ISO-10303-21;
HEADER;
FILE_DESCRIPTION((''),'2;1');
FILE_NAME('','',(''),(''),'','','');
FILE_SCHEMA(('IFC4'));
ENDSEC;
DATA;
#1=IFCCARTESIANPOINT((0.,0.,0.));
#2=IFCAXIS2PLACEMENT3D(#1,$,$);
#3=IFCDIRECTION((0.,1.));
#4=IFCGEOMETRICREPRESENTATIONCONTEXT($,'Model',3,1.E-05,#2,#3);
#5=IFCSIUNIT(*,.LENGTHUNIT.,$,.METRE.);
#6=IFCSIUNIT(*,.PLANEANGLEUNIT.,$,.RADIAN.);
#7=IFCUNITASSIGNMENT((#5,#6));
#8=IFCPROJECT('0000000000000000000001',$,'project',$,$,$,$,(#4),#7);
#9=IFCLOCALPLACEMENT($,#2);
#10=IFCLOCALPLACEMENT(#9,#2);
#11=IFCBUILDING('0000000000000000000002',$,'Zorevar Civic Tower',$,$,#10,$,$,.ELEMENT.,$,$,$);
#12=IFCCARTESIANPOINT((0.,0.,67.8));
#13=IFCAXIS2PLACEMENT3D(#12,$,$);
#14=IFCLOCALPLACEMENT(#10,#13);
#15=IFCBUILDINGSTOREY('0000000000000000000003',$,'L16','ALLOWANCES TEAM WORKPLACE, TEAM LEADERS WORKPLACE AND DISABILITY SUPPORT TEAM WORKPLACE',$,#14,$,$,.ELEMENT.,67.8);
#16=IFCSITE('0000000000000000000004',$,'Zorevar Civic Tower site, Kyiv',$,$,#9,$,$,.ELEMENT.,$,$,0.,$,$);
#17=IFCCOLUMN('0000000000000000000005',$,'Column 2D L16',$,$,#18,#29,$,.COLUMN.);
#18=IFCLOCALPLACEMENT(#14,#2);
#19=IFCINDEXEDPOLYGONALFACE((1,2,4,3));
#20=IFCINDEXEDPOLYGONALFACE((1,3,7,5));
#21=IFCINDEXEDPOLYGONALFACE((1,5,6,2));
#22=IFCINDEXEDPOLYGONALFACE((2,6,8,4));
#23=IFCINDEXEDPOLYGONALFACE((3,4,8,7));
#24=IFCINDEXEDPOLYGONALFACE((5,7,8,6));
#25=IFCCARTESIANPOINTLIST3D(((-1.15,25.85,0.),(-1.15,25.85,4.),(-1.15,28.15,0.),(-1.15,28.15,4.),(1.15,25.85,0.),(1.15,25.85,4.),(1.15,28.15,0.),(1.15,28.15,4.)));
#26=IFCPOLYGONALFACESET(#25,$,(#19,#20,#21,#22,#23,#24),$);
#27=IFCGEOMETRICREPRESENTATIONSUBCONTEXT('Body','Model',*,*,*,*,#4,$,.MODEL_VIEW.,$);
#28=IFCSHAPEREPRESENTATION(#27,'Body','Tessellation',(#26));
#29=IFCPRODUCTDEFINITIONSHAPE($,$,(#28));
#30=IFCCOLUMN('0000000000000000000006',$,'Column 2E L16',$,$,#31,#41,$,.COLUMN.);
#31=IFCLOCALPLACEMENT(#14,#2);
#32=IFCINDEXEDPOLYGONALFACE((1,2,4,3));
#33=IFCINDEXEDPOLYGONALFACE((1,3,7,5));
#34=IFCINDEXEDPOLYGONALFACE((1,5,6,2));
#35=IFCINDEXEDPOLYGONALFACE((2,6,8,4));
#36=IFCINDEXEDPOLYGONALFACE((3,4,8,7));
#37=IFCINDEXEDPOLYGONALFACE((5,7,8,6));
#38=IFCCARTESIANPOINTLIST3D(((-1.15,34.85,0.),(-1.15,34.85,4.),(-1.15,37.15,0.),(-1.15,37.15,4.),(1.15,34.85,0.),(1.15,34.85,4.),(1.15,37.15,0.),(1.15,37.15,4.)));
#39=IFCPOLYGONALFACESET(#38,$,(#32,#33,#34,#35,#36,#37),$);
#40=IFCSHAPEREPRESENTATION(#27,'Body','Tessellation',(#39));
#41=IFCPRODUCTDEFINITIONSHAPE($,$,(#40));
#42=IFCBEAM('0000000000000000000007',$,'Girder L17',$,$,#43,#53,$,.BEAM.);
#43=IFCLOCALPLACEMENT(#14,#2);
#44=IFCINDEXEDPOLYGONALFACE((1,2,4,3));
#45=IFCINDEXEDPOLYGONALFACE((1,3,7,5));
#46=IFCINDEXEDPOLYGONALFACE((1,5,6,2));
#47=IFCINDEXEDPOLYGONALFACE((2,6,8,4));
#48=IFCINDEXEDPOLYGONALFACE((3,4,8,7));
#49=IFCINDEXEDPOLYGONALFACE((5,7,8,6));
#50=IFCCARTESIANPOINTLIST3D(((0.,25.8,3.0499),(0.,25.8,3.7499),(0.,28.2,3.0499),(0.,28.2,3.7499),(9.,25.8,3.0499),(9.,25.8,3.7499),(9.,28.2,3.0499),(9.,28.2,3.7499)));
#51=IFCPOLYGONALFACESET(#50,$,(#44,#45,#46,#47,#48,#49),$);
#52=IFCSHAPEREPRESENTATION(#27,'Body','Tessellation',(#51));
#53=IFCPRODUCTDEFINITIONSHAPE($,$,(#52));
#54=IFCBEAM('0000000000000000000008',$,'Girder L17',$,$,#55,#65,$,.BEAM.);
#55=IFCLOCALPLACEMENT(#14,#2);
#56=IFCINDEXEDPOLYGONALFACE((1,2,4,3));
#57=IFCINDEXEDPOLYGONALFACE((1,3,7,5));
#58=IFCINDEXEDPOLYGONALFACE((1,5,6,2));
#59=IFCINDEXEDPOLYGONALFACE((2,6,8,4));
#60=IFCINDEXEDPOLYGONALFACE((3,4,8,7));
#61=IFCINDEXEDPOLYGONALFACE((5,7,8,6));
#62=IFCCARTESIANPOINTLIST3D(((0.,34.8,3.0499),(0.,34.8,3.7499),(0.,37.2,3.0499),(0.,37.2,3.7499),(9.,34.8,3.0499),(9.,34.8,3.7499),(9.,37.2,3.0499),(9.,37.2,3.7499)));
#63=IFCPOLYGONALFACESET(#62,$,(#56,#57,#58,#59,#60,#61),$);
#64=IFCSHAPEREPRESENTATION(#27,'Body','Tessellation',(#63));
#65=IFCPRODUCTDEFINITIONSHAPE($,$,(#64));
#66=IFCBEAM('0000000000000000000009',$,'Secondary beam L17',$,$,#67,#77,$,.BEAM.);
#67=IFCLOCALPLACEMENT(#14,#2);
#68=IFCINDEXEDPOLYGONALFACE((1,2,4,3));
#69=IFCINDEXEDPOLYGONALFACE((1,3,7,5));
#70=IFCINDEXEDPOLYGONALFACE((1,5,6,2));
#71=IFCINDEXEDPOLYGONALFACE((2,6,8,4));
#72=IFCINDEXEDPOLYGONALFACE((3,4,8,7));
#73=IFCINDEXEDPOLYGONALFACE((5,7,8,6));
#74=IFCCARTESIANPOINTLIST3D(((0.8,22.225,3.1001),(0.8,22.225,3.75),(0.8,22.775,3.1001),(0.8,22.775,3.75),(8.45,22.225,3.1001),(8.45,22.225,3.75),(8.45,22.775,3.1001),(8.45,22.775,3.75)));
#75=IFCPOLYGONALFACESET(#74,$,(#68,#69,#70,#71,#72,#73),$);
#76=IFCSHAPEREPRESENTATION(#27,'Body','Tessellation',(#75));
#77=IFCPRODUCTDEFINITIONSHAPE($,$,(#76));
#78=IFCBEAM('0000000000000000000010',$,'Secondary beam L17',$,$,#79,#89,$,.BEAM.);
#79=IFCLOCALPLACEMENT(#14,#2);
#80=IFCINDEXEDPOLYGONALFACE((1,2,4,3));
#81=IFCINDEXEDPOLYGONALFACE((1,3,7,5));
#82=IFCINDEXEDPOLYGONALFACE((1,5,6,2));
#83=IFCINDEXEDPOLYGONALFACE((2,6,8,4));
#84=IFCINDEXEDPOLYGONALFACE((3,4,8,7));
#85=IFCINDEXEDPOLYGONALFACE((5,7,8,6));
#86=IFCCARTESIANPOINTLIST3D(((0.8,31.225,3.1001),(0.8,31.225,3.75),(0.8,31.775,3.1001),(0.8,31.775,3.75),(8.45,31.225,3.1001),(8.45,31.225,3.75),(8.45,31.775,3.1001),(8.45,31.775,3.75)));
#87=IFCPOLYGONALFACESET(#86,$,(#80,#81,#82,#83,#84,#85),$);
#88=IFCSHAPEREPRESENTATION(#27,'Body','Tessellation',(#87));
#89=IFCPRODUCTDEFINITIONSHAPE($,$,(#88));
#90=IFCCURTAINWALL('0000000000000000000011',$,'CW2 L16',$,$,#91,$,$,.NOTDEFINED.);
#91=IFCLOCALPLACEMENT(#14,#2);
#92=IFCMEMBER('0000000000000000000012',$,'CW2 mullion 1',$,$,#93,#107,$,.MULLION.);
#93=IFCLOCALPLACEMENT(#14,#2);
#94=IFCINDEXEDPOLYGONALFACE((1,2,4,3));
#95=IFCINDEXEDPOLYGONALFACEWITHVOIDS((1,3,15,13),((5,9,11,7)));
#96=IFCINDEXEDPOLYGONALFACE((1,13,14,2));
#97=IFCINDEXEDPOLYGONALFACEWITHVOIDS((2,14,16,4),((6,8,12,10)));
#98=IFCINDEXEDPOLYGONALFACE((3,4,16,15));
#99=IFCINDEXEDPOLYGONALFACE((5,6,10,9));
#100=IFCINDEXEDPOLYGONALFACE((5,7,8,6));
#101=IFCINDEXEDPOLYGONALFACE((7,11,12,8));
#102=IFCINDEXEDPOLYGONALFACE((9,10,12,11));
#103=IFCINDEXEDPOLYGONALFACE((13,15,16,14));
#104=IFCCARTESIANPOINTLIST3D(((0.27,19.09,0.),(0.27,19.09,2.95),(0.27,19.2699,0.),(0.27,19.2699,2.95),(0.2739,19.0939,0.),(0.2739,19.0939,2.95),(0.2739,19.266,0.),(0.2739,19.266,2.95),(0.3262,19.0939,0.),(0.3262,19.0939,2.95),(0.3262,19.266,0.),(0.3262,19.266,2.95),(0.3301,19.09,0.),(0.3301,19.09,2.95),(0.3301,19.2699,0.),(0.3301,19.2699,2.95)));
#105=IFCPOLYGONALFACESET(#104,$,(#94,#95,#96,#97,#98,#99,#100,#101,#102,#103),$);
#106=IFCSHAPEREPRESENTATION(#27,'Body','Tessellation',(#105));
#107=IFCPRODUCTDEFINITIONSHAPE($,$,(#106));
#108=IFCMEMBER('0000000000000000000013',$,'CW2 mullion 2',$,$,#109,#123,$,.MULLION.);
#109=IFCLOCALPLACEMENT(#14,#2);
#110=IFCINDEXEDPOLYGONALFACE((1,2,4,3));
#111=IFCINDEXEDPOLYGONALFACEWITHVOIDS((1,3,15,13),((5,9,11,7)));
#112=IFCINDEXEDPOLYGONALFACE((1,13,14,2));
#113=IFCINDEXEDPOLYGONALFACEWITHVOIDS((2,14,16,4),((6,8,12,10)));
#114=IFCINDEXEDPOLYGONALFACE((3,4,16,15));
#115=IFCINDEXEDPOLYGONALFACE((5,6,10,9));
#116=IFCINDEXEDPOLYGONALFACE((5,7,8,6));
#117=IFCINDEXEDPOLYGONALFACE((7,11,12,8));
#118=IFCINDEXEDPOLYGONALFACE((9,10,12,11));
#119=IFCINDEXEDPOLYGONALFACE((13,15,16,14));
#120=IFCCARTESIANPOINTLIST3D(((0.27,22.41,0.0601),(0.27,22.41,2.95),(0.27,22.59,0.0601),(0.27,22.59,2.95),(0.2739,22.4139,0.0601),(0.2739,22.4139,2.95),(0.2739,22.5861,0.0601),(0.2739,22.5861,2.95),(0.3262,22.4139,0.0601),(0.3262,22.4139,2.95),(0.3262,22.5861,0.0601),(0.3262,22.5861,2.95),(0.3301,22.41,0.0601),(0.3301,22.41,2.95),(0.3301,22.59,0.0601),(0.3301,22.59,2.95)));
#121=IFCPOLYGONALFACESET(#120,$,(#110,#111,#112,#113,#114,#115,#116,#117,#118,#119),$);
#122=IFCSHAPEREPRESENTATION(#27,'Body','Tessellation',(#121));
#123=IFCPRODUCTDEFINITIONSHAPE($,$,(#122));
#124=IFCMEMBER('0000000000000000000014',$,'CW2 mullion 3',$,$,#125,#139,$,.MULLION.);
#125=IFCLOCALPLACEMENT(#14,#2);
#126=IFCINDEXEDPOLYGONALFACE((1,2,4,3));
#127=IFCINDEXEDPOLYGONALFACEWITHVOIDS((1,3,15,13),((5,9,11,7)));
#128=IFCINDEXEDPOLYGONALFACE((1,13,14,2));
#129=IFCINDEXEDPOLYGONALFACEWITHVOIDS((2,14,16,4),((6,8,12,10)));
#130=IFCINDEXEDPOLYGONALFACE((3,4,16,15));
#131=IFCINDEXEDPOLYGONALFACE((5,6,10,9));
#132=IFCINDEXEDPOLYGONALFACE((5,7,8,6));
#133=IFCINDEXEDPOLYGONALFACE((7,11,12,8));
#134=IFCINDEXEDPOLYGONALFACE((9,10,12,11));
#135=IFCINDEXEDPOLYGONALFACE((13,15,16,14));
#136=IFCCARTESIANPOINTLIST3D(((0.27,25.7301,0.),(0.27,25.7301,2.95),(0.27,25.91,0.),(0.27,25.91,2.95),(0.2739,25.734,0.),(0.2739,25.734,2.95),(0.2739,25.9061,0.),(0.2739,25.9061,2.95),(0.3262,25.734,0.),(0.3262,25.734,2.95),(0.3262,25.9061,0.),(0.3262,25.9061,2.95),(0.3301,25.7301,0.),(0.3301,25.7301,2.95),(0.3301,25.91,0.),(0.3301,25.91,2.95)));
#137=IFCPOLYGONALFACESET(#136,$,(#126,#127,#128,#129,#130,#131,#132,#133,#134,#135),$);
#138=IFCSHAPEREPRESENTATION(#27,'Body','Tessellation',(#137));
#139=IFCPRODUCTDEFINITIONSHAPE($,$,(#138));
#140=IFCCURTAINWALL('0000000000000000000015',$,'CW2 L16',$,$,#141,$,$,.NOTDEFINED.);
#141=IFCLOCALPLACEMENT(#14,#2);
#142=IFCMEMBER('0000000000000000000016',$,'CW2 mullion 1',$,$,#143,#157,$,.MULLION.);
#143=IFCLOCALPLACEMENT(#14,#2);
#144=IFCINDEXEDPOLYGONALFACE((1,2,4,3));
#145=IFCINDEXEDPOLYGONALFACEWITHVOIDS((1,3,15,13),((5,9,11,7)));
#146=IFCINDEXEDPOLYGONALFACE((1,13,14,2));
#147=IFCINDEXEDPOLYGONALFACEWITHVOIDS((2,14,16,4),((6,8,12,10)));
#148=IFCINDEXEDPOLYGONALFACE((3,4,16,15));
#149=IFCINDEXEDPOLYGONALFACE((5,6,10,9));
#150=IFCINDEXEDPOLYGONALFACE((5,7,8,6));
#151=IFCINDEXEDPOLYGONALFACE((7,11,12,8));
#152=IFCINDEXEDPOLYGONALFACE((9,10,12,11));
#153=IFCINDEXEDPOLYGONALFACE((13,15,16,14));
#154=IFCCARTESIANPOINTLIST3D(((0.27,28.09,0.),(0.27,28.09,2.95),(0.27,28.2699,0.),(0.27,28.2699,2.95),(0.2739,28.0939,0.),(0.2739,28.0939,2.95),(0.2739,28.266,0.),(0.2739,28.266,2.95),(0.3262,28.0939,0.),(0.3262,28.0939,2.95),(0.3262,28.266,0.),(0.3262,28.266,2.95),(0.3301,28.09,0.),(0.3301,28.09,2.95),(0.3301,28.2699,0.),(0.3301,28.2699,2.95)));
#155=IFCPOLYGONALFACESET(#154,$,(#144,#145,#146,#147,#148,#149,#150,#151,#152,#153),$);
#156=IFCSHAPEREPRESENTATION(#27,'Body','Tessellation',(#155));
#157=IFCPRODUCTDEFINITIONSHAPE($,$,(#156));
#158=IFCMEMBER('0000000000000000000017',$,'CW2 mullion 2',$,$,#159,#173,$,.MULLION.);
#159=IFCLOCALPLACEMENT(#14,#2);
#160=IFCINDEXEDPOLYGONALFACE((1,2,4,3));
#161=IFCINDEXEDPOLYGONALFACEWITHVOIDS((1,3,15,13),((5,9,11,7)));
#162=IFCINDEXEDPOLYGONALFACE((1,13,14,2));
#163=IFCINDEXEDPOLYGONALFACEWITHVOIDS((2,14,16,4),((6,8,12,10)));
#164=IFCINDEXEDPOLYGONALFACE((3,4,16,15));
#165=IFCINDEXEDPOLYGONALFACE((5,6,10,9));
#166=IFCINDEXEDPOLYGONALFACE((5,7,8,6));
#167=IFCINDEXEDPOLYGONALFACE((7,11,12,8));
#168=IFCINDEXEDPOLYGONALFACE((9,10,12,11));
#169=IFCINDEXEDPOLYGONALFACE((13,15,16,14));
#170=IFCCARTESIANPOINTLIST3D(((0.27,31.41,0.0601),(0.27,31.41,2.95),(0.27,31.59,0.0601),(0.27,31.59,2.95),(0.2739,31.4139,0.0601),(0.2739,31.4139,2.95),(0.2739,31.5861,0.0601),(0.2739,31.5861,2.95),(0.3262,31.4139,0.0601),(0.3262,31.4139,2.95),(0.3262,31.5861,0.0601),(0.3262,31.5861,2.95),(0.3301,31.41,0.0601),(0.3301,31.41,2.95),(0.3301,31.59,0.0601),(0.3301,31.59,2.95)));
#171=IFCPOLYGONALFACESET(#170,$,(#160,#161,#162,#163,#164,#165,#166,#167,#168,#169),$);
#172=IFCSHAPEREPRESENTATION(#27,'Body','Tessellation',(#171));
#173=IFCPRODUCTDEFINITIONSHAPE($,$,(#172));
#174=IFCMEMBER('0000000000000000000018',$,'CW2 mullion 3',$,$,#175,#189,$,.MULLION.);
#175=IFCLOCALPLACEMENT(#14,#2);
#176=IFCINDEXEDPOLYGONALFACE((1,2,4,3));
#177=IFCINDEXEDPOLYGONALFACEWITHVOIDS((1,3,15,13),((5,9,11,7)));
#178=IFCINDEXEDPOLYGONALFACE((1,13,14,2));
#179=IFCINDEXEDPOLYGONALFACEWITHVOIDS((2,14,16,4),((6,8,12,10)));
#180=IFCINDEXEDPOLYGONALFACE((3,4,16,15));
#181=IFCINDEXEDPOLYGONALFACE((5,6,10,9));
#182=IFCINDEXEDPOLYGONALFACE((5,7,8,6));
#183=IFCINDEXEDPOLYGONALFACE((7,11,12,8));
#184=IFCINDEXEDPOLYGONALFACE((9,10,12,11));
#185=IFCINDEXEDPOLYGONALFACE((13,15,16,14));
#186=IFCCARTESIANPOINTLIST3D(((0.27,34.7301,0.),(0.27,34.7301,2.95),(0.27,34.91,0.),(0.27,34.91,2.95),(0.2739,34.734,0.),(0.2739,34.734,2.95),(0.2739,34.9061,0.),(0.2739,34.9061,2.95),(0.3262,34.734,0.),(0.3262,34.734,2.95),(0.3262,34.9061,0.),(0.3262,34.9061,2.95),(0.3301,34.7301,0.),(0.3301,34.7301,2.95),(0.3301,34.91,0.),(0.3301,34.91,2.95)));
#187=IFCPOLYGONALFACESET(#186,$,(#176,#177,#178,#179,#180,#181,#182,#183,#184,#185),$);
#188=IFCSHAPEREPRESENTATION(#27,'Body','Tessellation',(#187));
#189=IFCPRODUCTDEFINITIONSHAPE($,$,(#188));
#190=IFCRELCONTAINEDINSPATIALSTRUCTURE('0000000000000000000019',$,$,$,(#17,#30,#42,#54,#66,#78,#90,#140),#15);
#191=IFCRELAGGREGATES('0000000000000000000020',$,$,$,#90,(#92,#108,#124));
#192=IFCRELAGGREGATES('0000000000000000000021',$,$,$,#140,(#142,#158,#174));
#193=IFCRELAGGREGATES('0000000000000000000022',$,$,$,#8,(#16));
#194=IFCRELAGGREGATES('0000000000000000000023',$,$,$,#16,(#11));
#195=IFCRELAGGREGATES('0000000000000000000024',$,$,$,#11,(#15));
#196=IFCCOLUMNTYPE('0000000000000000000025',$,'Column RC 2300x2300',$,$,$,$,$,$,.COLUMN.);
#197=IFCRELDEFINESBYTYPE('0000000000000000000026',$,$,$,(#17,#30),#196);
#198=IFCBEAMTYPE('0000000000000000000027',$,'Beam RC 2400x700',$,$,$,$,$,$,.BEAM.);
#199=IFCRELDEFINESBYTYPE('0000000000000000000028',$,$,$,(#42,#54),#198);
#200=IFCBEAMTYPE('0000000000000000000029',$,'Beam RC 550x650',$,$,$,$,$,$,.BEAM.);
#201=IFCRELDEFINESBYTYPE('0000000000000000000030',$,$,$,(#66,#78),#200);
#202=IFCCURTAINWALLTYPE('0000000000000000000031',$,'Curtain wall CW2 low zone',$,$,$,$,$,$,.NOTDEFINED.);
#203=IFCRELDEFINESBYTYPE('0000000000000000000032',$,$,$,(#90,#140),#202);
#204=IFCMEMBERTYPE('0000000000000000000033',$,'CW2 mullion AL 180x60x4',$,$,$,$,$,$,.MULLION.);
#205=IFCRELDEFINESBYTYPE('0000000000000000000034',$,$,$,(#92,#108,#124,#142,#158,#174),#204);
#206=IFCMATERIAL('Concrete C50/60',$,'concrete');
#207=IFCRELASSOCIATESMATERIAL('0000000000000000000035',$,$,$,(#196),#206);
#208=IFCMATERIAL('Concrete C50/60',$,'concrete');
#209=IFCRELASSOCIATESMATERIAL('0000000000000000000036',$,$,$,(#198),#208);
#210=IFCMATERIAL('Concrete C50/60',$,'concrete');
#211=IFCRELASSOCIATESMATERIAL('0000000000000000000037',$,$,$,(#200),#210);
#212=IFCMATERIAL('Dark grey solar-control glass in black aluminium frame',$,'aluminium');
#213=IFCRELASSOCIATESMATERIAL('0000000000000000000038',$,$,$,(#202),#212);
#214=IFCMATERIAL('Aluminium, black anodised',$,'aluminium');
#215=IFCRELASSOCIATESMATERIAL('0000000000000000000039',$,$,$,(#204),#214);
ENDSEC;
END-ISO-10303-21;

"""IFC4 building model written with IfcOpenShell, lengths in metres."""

from ifc_helpers import new_model, si_unit, direction, frame, origin, origin_2d, place, context, subcontext, project, spatial, rectangle, hollow_rectangle, extrude, material, material_profile, profile_set, type_object, element, aggregate, save


model = new_model("IFC4")

# Units and contexts
model_context = context("Model", 3, precision=1e-05, world=origin(), true_north=direction((0.0, 1.0)))
body_context = subcontext(model_context, "Body", "Model", "MODEL_VIEW")
ifc_project = project(units=[si_unit("LENGTHUNIT", "METRE"), si_unit("PLANEANGLEUNIT", "RADIAN")], contexts=[model_context])

# Site, building, storey
site_placement = place(None, origin())
site = spatial("IfcSite", under=ifc_project, at=site_placement, Name="Zorevar Civic Tower site, Kyiv", CompositionType="ELEMENT", RefElevation=0.0)
building_placement = place(site_placement, origin())
building = spatial("IfcBuilding", under=site, at=building_placement, Name="Zorevar Civic Tower", CompositionType="ELEMENT")
storey_placement = place(building_placement, frame((0.0, 0.0, 67.8)))
storey = spatial("IfcBuildingStorey", under=building, at=storey_placement, Name="L16", Description="ALLOWANCES TEAM WORKPLACE, TEAM LEADERS WORKPLACE AND DISABILITY SUPPORT TEAM WORKPLACE", CompositionType="ELEMENT", Elevation=67.8)

# Columns
ifc_material_1 = material(Name="Concrete C50/60", Category="concrete")
ifc_material_profile_1 = material_profile(ifc_material_1, rectangle(XDim=2.3, YDim=2.3, at=origin_2d()), Name="RC 2300x2300")
ifc_profile_set_1 = profile_set([ifc_material_profile_1], Name="Concrete C50/60")
column_type = type_object("IfcColumnType", Name="Column RC 2300x2300", PredefinedType="COLUMN", material=ifc_profile_set_1)
for number, where, z_axis, x_axis, name in (
    (1, (0.0, 27.0, 0.0), (0.0, 0.0, 1.0), (1.0, 0.0, 0.0), "Column 2D L16"),
    (2, (0.0, 36.0, 0.0), (0.0, 0.0, 1.0), (1.0, 0.0, 0.0), "Column 2E L16"),
):
    element("IfcColumn", number, at=place(storey_placement, frame(where, z_axis=z_axis, x_axis=x_axis)), inside=storey, type_object=column_type, Name=name, PredefinedType="COLUMN", context=body_context, shape_type="SweptSolid", body=[
        extrude(rectangle(XDim=2.3, YDim=2.3, at=origin_2d()), origin(), (0.0, 0.0, 1.0), 4.0),
    ])

# Beams
ifc_material_2 = material(Name="Concrete C50/60", Category="concrete")
ifc_material_profile_2 = material_profile(ifc_material_2, rectangle(XDim=2.3999, YDim=0.7, at=origin_2d()), Name="RC 2400x700")
ifc_profile_set_2 = profile_set([ifc_material_profile_2], Name="Concrete C50/60")
beam_type_1 = type_object("IfcBeamType", Name="Beam RC 2400x700", PredefinedType="BEAM", material=ifc_profile_set_2)
for number, where, z_axis, x_axis, name in (
    (3, (0.0, 27.0, 3.3999), (1.0, 0.0, 0.0), (0.0, 1.0, 0.0), "Girder L17"),
    (4, (0.0, 36.0, 3.3999), (1.0, 0.0, 0.0), (0.0, 1.0, 0.0), "Girder L17"),
):
    element("IfcBeam", number, at=place(storey_placement, frame(where, z_axis=z_axis, x_axis=x_axis)), inside=storey, type_object=beam_type_1, Name=name, PredefinedType="BEAM", context=body_context, shape_type="SweptSolid", body=[
        extrude(rectangle(XDim=2.3999, YDim=0.7, at=origin_2d()), origin(), (0.0, 0.0, 1.0), 9.0),
    ])
ifc_material_3 = material(Name="Concrete C50/60", Category="concrete")
ifc_material_profile_3 = material_profile(ifc_material_3, rectangle(XDim=0.55, YDim=0.6499, at=origin_2d()), Name="RC 550x650")
ifc_profile_set_3 = profile_set([ifc_material_profile_3], Name="Concrete C50/60")
beam_type_2 = type_object("IfcBeamType", Name="Beam RC 550x650", PredefinedType="BEAM", material=ifc_profile_set_3)
for number, where, z_axis, x_axis, name in (
    (5, (0.8, 22.5, 3.425), (1.0, 0.0, 0.0), (0.0, 1.0, 0.0), "Secondary beam L17"),
    (6, (0.8, 31.5, 3.425), (1.0, 0.0, 0.0), (0.0, 1.0, 0.0), "Secondary beam L17"),
):
    element("IfcBeam", number, at=place(storey_placement, frame(where, z_axis=z_axis, x_axis=x_axis)), inside=storey, type_object=beam_type_2, Name=name, PredefinedType="BEAM", context=body_context, shape_type="SweptSolid", body=[
        extrude(rectangle(XDim=0.55, YDim=0.6499, at=origin_2d()), origin(), (0.0, 0.0, 1.0), 7.6499),
    ])

# Curtain walls, members
ifc_material_4 = material(Name="Dark grey solar-control glass in black aluminium frame", Category="aluminium")
curtain_wall_type = type_object("IfcCurtainWallType", Name="Curtain wall CW2 low zone", PredefinedType="NOTDEFINED", material=ifc_material_4)
curtain_wall_1_placement = place(storey_placement, origin())
curtain_wall_1 = element("IfcCurtainWall", 7, at=curtain_wall_1_placement, inside=storey, type_object=curtain_wall_type, Name="CW2 L16", PredefinedType="NOTDEFINED")
ifc_material_5 = material(Name="Aluminium, black anodised", Category="aluminium")
ifc_material_profile_4 = material_profile(ifc_material_5, hollow_rectangle(XDim=0.0601, YDim=0.1799, WallThickness=0.0039, at=origin_2d()), Name="AL 180x60x4")
ifc_profile_set_4 = profile_set([ifc_material_profile_4], Name="Aluminium, black anodised")
member_type_1 = type_object("IfcMemberType", Name="CW2 mullion AL 180x60x4", PredefinedType="MULLION", material=ifc_profile_set_4)
member_1_placement = place(storey_placement, frame((0.3, 19.1799, 0.0), z_axis=(0.0, 0.0, 1.0), x_axis=(-1.0, 0.0, 0.0)))
member_1 = element("IfcMember", 8, at=member_1_placement, type_object=member_type_1, Name="CW2 mullion 1", PredefinedType="MULLION", context=body_context, shape_type="SweptSolid", body=[
    extrude(hollow_rectangle(XDim=0.0601, YDim=0.1799, WallThickness=0.0039, at=origin_2d()), origin(), (0.0, 0.0, 1.0), 2.95),
])
member_2_placement = place(storey_placement, frame((0.3, 22.5, 0.0601), z_axis=(0.0, 0.0, 1.0), x_axis=(-1.0, 0.0, 0.0)))
member_2 = element("IfcMember", 9, at=member_2_placement, type_object=member_type_1, Name="CW2 mullion 2", PredefinedType="MULLION", context=body_context, shape_type="SweptSolid", body=[
    extrude(hollow_rectangle(XDim=0.0601, YDim=0.1799, WallThickness=0.0039, at=origin_2d()), origin(), (0.0, 0.0, 1.0), 2.8899),
])
member_3_placement = place(storey_placement, frame((0.3, 25.8201, 0.0), z_axis=(0.0, 0.0, 1.0), x_axis=(-1.0, 0.0, 0.0)))
member_3 = element("IfcMember", 10, at=member_3_placement, type_object=member_type_1, Name="CW2 mullion 3", PredefinedType="MULLION", context=body_context, shape_type="SweptSolid", body=[
    extrude(hollow_rectangle(XDim=0.0601, YDim=0.1799, WallThickness=0.0039, at=origin_2d()), origin(), (0.0, 0.0, 1.0), 2.95),
])
curtain_wall_2_placement = place(storey_placement, origin())
curtain_wall_2 = element("IfcCurtainWall", 11, at=curtain_wall_2_placement, inside=storey, type_object=curtain_wall_type, Name="CW2 L16", PredefinedType="NOTDEFINED")
member_4_placement = place(storey_placement, frame((0.3, 28.1799, 0.0), z_axis=(0.0, 0.0, 1.0), x_axis=(-1.0, 0.0, 0.0)))
member_4 = element("IfcMember", 12, at=member_4_placement, type_object=member_type_1, Name="CW2 mullion 1", PredefinedType="MULLION", context=body_context, shape_type="SweptSolid", body=[
    extrude(hollow_rectangle(XDim=0.0601, YDim=0.1799, WallThickness=0.0039, at=origin_2d()), origin(), (0.0, 0.0, 1.0), 2.95),
])
member_5_placement = place(storey_placement, frame((0.3, 31.5, 0.0601), z_axis=(0.0, 0.0, 1.0), x_axis=(-1.0, 0.0, 0.0)))
member_5 = element("IfcMember", 13, at=member_5_placement, type_object=member_type_1, Name="CW2 mullion 2", PredefinedType="MULLION", context=body_context, shape_type="SweptSolid", body=[
    extrude(hollow_rectangle(XDim=0.0601, YDim=0.1799, WallThickness=0.0039, at=origin_2d()), origin(), (0.0, 0.0, 1.0), 2.8899),
])
member_6_placement = place(storey_placement, frame((0.3, 34.8201, 0.0), z_axis=(0.0, 0.0, 1.0), x_axis=(-1.0, 0.0, 0.0)))
member_6 = element("IfcMember", 14, at=member_6_placement, type_object=member_type_1, Name="CW2 mullion 3", PredefinedType="MULLION", context=body_context, shape_type="SweptSolid", body=[
    extrude(hollow_rectangle(XDim=0.0601, YDim=0.1799, WallThickness=0.0039, at=origin_2d()), origin(), (0.0, 0.0, 1.0), 2.95),
])

aggregate(curtain_wall_1, [member_1, member_2, member_3])
aggregate(curtain_wall_2, [member_4, member_5, member_6])

save(model, "model.ifc")
